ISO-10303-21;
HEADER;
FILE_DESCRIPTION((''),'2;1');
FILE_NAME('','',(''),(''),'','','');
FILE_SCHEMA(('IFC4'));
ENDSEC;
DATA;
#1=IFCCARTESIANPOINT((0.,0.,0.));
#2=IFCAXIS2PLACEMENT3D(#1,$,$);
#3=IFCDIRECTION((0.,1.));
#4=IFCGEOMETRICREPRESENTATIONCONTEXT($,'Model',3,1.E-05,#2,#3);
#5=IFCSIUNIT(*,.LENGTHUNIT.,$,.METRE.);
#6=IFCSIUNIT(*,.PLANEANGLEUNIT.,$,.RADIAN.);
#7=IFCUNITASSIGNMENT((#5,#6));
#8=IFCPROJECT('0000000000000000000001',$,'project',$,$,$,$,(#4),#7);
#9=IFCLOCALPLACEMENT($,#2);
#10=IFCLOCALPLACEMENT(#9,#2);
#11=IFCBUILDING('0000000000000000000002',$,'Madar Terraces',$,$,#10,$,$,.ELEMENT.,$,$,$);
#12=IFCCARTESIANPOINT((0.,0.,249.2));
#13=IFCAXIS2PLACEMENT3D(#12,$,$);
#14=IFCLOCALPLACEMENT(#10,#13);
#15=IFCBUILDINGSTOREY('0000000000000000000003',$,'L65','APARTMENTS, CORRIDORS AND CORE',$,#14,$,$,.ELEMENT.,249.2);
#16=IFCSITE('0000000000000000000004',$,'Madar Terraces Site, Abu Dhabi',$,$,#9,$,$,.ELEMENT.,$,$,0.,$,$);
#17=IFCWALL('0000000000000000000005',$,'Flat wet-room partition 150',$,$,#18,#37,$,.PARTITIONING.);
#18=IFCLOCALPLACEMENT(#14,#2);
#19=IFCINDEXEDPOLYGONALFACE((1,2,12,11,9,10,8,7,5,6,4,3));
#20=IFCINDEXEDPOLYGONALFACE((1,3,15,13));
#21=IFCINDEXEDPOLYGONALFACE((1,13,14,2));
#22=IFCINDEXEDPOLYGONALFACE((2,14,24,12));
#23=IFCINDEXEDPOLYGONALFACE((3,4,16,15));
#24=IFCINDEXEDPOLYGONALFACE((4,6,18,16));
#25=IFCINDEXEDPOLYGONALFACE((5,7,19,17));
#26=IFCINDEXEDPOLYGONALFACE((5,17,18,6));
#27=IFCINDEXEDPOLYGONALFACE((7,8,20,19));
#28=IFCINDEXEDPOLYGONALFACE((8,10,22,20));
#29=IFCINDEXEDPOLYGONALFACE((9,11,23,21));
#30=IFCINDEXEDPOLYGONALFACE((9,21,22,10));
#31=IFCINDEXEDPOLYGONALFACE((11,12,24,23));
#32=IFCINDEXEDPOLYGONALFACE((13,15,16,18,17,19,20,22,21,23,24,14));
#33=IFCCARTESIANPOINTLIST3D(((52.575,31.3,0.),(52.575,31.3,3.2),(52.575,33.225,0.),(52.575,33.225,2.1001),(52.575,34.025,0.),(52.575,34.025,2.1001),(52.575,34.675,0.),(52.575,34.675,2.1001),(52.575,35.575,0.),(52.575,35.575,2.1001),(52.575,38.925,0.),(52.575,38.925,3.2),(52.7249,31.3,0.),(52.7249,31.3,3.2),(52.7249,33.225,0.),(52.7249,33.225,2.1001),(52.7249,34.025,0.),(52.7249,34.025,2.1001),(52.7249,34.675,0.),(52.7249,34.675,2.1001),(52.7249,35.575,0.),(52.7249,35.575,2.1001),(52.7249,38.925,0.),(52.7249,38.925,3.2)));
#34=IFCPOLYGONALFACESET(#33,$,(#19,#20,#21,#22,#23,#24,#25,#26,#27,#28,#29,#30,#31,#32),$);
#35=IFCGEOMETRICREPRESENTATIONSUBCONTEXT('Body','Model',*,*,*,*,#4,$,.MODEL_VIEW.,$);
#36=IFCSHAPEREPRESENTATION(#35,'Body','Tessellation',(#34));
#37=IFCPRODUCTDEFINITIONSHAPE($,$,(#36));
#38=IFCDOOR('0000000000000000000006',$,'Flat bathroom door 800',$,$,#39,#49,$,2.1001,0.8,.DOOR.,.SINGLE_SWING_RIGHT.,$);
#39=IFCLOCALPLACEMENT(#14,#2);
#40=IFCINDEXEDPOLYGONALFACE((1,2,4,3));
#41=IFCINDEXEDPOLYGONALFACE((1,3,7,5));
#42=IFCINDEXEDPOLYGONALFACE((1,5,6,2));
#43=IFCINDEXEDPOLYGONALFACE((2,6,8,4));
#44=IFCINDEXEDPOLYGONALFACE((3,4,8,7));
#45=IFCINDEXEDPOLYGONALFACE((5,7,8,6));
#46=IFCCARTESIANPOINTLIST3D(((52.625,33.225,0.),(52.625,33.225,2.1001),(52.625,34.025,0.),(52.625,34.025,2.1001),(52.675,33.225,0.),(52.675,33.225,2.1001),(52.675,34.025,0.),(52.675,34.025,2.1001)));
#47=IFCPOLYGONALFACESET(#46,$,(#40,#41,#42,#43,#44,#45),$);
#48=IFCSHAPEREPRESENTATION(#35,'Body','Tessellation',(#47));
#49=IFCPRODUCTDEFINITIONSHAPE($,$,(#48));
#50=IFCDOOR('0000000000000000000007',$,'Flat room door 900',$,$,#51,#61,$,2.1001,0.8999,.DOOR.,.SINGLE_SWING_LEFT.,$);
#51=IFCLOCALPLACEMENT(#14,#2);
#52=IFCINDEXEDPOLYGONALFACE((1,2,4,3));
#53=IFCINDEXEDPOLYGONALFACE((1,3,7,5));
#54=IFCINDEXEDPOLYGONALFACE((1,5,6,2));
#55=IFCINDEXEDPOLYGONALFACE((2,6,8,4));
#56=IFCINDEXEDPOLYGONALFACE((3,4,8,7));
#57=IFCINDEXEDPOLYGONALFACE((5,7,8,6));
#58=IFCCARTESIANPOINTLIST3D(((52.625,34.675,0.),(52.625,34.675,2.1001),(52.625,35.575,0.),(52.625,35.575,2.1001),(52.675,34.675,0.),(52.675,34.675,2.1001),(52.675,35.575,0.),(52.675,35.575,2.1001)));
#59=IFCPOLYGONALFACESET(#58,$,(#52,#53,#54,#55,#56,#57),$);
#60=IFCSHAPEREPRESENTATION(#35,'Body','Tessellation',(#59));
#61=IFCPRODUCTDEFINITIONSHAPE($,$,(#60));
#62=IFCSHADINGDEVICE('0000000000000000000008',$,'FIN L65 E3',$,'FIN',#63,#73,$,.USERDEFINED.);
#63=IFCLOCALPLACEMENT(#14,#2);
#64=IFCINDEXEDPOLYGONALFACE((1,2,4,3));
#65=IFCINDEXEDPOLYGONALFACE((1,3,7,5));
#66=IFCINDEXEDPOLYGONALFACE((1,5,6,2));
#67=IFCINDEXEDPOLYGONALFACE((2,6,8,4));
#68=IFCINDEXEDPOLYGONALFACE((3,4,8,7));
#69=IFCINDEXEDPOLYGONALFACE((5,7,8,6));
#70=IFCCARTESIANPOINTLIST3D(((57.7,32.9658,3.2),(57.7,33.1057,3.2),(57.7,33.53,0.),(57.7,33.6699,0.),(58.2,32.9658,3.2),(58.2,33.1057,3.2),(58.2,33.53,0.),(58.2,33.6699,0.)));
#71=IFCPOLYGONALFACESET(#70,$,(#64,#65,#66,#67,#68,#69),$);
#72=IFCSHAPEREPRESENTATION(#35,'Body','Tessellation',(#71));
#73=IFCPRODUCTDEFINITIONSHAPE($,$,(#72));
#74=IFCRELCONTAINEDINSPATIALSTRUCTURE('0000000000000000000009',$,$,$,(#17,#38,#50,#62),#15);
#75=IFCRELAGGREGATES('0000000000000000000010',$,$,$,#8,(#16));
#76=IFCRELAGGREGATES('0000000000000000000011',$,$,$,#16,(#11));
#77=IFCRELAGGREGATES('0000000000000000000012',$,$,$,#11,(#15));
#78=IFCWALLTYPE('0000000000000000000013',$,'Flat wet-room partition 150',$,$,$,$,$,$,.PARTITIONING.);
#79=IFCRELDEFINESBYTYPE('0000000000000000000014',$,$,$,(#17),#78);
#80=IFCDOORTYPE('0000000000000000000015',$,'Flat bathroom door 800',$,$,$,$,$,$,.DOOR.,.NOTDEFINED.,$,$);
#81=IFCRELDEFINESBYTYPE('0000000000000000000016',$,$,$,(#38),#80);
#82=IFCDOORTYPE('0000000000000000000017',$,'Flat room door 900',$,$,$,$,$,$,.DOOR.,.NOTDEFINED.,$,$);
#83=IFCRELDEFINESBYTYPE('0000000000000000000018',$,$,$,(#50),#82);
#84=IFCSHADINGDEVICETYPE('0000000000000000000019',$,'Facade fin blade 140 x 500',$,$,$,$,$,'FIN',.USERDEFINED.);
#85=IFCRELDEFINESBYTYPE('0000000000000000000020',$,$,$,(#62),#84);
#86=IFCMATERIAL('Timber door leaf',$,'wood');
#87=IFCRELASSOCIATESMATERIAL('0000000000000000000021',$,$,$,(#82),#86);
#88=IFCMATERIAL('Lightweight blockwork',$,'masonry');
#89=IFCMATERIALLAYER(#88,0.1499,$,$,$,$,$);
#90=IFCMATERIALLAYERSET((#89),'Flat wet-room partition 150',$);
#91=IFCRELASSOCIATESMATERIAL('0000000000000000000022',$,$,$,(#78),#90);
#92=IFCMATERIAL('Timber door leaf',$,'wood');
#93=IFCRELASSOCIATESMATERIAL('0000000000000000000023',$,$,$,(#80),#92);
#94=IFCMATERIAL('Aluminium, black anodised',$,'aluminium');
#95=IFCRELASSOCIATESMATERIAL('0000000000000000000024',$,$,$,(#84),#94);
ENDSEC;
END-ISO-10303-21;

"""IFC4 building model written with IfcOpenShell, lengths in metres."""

from ifc_helpers import new_model, si_unit, direction, frame, frame_2d, origin, place, context, subcontext, project, spatial, polyline, rectangle, outline, extrude, material, layer, layer_set, type_object, element, fill, save


model = new_model("IFC4")

# Units and contexts
model_context = context("Model", 3, precision=1e-05, world=origin(), true_north=direction((0.0, 1.0)))
body_context = subcontext(model_context, "Body", "Model", "MODEL_VIEW")
ifc_project = project(units=[si_unit("LENGTHUNIT", "METRE"), si_unit("PLANEANGLEUNIT", "RADIAN")], contexts=[model_context])

# Site, building, storey
site_placement = place(None, origin())
site = spatial("IfcSite", under=ifc_project, at=site_placement, Name="Madar Terraces Site, Abu Dhabi", CompositionType="ELEMENT", RefElevation=0.0)
building_placement = place(site_placement, origin())
building = spatial("IfcBuilding", under=site, at=building_placement, Name="Madar Terraces", CompositionType="ELEMENT")
storey_placement = place(building_placement, frame((0.0, 0.0, 249.2)))
storey = spatial("IfcBuildingStorey", under=building, at=storey_placement, Name="L65", Description="APARTMENTS, CORRIDORS AND CORE", CompositionType="ELEMENT", Elevation=249.2)

# Shared definitions
ifc_material_1 = material(Name="Timber door leaf", Category="wood")
door_type_1 = type_object("IfcDoorType", Name="Flat room door 900", OperationType="NOTDEFINED", PredefinedType="DOOR", material=ifc_material_1)

# Shared definitions
ifc_material_2 = material(Name="Lightweight blockwork", Category="masonry")
ifc_layer_1 = layer(ifc_material_2, 0.1499)
ifc_layer_set_1 = layer_set([ifc_layer_1], Name="Flat wet-room partition 150")
wall_type_1 = type_object("IfcWallType", Name="Flat wet-room partition 150", PredefinedType="PARTITIONING", material=ifc_layer_set_1)

# Wall, openings, doors
wall_1_placement = place(storey_placement, frame((52.6499, 31.3, 0.0), z_axis=(0.0, 0.0, 1.0), x_axis=(0.0, 1.0, 0.0)))
wall_1 = element("IfcWall", 1, at=wall_1_placement, inside=storey, type_object=wall_type_1, Name="Flat wet-room partition 150", PredefinedType="PARTITIONING", context=body_context, shape_type="SweptSolid", body=[
    extrude(rectangle(XDim=7.625, YDim=0.1499, at=frame_2d((3.8125, 0.0))), origin(), (0.0, 0.0, 1.0), 3.2),
])
opening_1_placement = place(wall_1_placement, frame((3.375, 0.0, 0.0)))
opening_1 = element("IfcOpeningElement", 2, at=opening_1_placement, cuts=wall_1, PredefinedType="OPENING", context=body_context, shape_type="SweptSolid", body=[
    extrude(rectangle(XDim=0.8999, YDim=2.1001, at=frame_2d((0.45, 1.05))), frame((0.0, 0.085, 0.0), z_axis=(0.0, -1.0, 0.0), x_axis=(1.0, 0.0, 0.0)), (0.0, 0.0, 1.0), 0.1699),
])
opening_2_placement = place(wall_1_placement, frame((1.925, 0.0, 0.0)))
opening_2 = element("IfcOpeningElement", 3, at=opening_2_placement, cuts=wall_1, PredefinedType="OPENING", context=body_context, shape_type="SweptSolid", body=[
    extrude(rectangle(XDim=0.8, YDim=2.1001, at=frame_2d((0.3999, 1.05))), frame((0.0, 0.085, 0.0), z_axis=(0.0, -1.0, 0.0), x_axis=(1.0, 0.0, 0.0)), (0.0, 0.0, 1.0), 0.1699),
])
ifc_material_3 = material(Name="Timber door leaf", Category="wood")
door_type_2 = type_object("IfcDoorType", Name="Flat bathroom door 800", OperationType="NOTDEFINED", PredefinedType="DOOR", material=ifc_material_3)
door_1_placement = place(opening_2_placement, origin())
door_1 = element("IfcDoor", 4, at=door_1_placement, inside=storey, type_object=door_type_2, Name="Flat bathroom door 800", OperationType="SINGLE_SWING_RIGHT", OverallHeight=2.1001, OverallWidth=0.8, PredefinedType="DOOR", context=body_context, shape_type="SweptSolid", body=[
    extrude(rectangle(XDim=0.8, YDim=2.1001, at=frame_2d((0.3999, 1.05))), frame((0.0, 0.0249, 0.0), z_axis=(0.0, -1.0, 0.0), x_axis=(1.0, 0.0, 0.0)), (0.0, 0.0, 1.0), 0.05),
])
fill(opening_2, door_1)
door_2_placement = place(opening_1_placement, origin())
door_2 = element("IfcDoor", 5, at=door_2_placement, inside=storey, type_object=door_type_1, Name="Flat room door 900", OperationType="SINGLE_SWING_LEFT", OverallHeight=2.1001, OverallWidth=0.8999, PredefinedType="DOOR", context=body_context, shape_type="SweptSolid", body=[
    extrude(rectangle(XDim=0.8999, YDim=2.1001, at=frame_2d((0.45, 1.05))), frame((0.0, 0.0249, 0.0), z_axis=(0.0, -1.0, 0.0), x_axis=(1.0, 0.0, 0.0)), (0.0, 0.0, 1.0), 0.05),
])
fill(opening_1, door_2)

# Shading device
ifc_material_4 = material(Name="Aluminium, black anodised", Category="aluminium")
shading_device_type = type_object("IfcShadingDeviceType", Name="Facade fin blade 140 x 500", ElementType="FIN", PredefinedType="USERDEFINED", material=ifc_material_4)
shading_device_placement = place(storey_placement, frame((57.95, 33.53, 0.0), z_axis=(0.0, 0.0, 1.0), x_axis=(0.0, 1.0, 0.0)))
element("IfcShadingDevice", 6, at=shading_device_placement, inside=storey, type_object=shading_device_type, Name="FIN L65 E3", ObjectType="FIN", PredefinedType="USERDEFINED", context=body_context, shape_type="SweptSolid", body=[
    extrude(outline(polyline([(0.0, 0.0), (0.1399, 0.0), (-0.4243, 3.2), (-0.5642, 3.2), (0.0, 0.0)])), frame((0.0, 0.25, 0.0), z_axis=(0.0, -1.0, 0.0), x_axis=(1.0, 0.0, 0.0)), (0.0, 0.0, 1.0), 0.5),
])

save(model, "model.ifc")
